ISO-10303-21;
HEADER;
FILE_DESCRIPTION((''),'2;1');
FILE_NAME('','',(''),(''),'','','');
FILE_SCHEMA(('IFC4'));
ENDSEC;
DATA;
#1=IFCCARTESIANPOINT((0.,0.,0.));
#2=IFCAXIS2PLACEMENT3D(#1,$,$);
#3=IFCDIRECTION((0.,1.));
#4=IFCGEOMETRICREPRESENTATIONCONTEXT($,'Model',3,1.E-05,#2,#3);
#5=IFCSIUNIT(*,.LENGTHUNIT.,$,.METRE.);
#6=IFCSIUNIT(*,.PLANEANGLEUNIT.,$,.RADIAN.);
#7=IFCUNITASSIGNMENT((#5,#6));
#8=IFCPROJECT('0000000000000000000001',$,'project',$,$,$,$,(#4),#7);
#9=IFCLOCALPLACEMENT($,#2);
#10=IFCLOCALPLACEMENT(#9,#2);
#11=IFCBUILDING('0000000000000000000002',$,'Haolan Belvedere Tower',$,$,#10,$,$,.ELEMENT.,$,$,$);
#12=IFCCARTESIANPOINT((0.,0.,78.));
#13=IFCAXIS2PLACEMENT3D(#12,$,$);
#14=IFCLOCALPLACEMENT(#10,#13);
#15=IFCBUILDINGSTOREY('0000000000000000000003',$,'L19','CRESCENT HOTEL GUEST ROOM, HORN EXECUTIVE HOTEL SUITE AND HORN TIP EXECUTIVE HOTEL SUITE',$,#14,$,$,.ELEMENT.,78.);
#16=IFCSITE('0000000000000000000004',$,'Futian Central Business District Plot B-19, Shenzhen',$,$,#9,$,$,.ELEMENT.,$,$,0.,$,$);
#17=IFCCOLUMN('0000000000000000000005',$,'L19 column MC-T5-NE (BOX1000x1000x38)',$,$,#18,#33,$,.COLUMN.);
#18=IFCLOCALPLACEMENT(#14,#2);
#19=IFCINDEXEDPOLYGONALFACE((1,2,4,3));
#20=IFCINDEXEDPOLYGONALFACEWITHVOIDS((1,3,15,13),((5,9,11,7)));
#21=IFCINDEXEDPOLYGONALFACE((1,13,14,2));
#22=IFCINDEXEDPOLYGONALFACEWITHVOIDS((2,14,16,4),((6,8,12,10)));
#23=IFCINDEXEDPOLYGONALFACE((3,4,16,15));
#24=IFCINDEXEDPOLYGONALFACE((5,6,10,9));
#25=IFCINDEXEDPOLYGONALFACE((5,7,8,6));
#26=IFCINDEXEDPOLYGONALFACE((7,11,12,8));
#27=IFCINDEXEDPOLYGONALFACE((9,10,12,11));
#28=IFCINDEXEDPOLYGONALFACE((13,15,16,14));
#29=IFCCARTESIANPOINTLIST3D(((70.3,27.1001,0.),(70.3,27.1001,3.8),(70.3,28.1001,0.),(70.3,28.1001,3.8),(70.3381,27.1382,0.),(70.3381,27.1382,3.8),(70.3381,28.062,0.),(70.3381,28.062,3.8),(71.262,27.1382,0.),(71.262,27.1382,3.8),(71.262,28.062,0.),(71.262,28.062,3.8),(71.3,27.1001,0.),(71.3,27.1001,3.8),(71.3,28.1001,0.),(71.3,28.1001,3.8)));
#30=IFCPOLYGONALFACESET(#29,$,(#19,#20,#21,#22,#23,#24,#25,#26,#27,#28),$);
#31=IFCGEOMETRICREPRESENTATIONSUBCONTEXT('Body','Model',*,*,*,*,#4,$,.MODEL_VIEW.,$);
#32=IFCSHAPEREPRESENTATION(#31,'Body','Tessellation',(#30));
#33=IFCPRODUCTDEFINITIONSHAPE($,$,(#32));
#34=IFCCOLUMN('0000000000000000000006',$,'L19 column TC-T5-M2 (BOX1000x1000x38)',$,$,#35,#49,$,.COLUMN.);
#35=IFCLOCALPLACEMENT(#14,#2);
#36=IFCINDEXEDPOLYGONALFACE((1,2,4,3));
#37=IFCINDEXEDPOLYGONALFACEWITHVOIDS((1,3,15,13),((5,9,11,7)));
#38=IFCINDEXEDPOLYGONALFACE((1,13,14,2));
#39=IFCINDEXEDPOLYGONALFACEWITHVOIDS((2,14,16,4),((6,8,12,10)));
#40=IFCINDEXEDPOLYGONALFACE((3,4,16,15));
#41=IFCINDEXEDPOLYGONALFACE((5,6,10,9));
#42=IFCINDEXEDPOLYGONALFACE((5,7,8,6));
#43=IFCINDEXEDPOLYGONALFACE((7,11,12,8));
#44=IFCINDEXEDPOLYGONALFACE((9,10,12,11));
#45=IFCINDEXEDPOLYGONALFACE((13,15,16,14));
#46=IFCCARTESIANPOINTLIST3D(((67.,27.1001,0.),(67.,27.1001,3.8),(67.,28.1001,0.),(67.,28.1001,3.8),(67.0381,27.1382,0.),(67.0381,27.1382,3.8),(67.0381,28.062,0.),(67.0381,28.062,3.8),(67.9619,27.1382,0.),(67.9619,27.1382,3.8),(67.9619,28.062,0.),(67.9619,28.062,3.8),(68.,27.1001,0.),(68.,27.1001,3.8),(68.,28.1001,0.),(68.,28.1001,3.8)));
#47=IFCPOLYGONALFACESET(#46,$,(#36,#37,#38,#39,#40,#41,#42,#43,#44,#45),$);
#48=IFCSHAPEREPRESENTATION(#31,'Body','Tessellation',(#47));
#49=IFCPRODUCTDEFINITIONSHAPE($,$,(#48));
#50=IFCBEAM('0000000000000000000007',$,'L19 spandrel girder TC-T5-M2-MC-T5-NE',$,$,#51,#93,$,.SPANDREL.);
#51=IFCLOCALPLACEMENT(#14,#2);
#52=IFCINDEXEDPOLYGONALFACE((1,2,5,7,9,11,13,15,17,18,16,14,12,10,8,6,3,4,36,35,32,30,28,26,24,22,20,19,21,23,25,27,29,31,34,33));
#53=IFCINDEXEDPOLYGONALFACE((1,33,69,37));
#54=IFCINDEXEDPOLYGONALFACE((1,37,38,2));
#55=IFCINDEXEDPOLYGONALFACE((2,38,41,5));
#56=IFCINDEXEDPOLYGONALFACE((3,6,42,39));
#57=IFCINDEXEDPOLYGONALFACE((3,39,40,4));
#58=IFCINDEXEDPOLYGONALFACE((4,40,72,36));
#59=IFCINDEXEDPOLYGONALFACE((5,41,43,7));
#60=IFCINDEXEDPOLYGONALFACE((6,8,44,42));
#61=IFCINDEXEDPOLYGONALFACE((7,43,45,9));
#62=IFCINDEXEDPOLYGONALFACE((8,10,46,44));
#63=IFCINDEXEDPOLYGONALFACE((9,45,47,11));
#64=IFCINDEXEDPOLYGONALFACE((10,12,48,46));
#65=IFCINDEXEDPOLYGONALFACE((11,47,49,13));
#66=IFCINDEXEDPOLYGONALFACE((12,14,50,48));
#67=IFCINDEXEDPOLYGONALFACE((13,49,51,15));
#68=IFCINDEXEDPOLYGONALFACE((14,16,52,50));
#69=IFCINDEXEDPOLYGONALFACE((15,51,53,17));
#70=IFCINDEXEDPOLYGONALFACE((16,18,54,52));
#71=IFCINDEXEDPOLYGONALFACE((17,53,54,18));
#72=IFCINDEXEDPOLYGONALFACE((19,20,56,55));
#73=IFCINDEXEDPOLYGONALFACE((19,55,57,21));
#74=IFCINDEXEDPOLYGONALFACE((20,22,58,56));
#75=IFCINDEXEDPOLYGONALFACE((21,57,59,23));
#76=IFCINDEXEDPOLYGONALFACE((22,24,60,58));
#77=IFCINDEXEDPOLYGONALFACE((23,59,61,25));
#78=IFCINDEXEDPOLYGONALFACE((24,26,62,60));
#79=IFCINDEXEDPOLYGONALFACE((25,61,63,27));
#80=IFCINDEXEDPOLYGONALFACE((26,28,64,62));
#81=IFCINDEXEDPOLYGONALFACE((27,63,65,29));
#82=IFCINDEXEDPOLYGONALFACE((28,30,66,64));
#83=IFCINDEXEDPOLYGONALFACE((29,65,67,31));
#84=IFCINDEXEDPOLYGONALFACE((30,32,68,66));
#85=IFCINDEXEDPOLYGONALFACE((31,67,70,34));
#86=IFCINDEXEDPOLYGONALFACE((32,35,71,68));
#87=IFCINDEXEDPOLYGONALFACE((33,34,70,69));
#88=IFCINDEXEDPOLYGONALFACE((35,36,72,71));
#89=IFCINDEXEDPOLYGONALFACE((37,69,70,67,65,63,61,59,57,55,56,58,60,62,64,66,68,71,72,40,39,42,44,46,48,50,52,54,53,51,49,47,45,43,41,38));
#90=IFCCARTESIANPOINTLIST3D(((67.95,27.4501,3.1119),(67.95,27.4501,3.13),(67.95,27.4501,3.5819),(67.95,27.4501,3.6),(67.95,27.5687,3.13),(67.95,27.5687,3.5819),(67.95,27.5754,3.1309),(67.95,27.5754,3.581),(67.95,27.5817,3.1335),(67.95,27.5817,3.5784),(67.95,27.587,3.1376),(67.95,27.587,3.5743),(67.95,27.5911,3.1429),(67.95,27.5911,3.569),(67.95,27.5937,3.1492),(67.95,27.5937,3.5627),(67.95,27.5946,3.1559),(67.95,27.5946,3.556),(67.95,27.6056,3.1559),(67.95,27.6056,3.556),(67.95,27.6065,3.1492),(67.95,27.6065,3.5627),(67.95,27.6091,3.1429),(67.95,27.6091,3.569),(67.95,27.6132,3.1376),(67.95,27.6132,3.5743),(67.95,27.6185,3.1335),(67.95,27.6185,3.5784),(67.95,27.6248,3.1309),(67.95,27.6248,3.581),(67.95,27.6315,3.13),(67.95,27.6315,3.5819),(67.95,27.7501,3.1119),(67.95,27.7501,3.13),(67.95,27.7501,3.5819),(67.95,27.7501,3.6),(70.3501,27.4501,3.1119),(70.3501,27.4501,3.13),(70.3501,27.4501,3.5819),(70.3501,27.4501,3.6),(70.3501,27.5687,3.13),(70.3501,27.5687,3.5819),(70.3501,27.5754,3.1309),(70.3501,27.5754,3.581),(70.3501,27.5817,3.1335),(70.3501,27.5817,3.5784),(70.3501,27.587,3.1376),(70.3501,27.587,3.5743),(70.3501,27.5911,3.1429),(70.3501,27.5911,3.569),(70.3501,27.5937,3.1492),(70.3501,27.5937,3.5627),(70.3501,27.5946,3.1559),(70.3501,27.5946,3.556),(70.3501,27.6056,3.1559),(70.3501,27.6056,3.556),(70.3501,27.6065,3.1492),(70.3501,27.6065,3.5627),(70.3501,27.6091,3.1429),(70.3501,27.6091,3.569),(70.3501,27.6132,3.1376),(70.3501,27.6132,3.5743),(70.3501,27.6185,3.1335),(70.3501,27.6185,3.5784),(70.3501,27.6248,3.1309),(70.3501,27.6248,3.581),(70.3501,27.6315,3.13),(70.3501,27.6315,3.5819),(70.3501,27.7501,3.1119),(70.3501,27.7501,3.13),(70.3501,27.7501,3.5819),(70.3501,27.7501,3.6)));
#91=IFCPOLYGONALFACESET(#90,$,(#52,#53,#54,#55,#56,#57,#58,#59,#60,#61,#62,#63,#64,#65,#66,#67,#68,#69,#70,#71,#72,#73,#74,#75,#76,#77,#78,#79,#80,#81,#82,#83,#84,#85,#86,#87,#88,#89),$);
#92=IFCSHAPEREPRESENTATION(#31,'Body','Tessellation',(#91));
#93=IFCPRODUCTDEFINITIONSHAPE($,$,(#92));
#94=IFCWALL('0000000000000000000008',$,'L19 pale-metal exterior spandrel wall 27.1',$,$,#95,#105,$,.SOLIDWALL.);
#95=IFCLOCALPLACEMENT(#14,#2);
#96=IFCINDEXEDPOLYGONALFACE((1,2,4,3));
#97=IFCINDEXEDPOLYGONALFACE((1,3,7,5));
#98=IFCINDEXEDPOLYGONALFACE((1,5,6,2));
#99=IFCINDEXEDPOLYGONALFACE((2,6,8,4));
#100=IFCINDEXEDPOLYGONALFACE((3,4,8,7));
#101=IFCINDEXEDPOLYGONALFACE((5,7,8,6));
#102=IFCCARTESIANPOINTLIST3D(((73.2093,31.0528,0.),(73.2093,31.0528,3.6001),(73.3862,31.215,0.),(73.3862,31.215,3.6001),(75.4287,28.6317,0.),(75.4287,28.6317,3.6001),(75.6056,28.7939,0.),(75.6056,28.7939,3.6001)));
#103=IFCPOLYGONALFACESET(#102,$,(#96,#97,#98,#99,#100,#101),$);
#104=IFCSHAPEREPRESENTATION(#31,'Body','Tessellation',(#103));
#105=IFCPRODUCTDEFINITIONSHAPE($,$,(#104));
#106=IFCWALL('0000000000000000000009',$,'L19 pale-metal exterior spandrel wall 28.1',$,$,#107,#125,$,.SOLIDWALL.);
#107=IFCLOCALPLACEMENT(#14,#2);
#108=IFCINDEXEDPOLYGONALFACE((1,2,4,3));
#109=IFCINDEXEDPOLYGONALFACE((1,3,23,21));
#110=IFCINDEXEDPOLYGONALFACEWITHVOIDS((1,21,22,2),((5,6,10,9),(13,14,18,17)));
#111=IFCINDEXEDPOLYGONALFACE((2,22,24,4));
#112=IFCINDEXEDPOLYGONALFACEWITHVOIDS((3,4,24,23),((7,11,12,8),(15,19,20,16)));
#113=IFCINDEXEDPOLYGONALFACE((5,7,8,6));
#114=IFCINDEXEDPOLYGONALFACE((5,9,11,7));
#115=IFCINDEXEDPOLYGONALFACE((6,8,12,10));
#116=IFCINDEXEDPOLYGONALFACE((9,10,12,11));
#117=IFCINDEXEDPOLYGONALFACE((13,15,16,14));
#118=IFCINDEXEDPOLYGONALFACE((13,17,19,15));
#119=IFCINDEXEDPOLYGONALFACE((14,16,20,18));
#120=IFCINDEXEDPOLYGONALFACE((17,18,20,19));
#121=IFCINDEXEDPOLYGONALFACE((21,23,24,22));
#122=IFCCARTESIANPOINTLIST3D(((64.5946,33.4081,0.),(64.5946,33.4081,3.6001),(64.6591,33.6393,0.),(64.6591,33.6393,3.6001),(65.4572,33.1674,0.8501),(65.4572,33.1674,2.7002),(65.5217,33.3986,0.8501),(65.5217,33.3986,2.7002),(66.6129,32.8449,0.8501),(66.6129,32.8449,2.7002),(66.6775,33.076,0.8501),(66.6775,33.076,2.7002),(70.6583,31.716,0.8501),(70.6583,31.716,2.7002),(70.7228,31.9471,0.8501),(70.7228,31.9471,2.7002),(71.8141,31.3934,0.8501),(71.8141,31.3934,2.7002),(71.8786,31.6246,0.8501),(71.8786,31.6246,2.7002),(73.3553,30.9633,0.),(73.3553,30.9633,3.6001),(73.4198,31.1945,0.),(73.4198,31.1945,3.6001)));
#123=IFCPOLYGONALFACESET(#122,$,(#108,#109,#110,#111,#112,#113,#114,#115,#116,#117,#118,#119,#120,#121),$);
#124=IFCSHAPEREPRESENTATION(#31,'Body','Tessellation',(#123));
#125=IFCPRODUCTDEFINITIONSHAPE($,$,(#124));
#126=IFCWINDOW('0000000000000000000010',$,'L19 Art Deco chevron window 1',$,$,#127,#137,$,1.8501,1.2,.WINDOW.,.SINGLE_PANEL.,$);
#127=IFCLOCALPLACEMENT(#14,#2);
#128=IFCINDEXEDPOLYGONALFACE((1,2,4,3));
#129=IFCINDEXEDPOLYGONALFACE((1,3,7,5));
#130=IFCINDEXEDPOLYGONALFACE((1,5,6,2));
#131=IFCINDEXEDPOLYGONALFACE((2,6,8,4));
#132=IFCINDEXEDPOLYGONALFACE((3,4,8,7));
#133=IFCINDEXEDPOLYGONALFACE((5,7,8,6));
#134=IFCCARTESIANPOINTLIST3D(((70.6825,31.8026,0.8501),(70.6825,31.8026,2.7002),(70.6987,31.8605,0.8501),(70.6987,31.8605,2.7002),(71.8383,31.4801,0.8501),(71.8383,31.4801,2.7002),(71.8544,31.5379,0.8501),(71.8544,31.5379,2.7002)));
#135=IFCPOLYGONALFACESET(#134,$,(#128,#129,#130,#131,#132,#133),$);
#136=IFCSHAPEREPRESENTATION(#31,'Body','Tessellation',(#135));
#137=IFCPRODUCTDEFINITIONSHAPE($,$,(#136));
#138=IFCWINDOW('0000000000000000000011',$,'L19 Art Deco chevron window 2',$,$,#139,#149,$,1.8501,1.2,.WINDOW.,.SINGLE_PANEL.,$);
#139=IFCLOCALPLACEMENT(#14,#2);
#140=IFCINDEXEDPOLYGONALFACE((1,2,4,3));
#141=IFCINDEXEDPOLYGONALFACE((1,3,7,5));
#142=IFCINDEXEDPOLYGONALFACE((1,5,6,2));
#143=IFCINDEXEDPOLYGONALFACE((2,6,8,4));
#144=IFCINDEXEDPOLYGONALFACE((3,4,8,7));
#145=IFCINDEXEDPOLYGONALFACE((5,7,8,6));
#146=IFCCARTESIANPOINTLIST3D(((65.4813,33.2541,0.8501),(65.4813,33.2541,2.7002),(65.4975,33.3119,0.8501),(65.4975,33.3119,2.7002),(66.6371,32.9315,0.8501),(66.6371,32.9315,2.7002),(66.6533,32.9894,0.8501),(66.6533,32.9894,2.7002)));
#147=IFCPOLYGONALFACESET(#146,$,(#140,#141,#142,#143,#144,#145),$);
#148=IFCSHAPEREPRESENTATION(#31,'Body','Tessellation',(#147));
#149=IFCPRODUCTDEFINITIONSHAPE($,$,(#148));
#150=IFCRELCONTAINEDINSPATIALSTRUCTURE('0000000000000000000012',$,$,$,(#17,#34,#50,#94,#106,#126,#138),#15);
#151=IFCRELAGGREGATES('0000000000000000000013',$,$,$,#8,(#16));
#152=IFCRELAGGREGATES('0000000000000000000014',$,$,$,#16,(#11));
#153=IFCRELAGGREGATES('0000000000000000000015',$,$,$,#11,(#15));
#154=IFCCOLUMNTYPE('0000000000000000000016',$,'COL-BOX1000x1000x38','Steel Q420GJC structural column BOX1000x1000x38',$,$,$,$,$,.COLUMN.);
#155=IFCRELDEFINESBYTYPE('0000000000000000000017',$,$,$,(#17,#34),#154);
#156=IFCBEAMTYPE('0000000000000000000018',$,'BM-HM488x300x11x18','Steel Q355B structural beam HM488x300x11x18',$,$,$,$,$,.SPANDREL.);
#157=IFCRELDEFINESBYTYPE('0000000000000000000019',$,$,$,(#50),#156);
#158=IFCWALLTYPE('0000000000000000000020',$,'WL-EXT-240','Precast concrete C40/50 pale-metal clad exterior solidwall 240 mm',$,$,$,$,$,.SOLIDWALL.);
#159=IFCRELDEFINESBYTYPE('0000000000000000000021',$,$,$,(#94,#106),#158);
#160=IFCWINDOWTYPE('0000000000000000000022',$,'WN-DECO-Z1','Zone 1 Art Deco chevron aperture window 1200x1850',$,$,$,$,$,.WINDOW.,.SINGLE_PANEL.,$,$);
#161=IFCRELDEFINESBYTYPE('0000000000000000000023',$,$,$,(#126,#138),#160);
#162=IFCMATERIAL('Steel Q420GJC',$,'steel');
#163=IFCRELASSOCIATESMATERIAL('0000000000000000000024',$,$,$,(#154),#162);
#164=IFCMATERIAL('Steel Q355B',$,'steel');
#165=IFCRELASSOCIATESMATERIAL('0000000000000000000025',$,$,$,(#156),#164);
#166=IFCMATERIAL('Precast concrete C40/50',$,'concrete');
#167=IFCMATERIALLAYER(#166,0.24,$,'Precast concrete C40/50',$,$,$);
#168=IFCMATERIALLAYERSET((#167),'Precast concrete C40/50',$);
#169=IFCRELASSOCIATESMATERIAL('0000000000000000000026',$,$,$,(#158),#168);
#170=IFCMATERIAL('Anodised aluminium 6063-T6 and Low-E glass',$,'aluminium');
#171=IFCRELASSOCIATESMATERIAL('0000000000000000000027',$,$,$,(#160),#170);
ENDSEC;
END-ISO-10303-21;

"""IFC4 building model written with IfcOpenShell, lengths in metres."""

from ifc_helpers import new_model, si_unit, direction, frame, frame_2d, origin, origin_2d, place, context, subcontext, project, spatial, rectangle, hollow_rectangle, i_section, extrude, material, layer, layer_set, material_profile, profile_set, type_object, element, fill, save


model = new_model("IFC4")

# Units and contexts
model_context = context("Model", 3, precision=1e-05, world=origin(), true_north=direction((0.0, 1.0)))
body_context = subcontext(model_context, "Body", "Model", "MODEL_VIEW")
ifc_project = project(units=[si_unit("LENGTHUNIT", "METRE"), si_unit("PLANEANGLEUNIT", "RADIAN")], contexts=[model_context])

# Site, building, storey
site_placement = place(None, origin())
site = spatial("IfcSite", under=ifc_project, at=site_placement, Name="Futian Central Business District Plot B-19, Shenzhen", CompositionType="ELEMENT", RefElevation=0.0)
building_placement = place(site_placement, origin())
building = spatial("IfcBuilding", under=site, at=building_placement, Name="Haolan Belvedere Tower", CompositionType="ELEMENT")
storey_placement = place(building_placement, frame((0.0, 0.0, 78.0)))
storey = spatial("IfcBuildingStorey", under=building, at=storey_placement, Name="L19", Description="CRESCENT HOTEL GUEST ROOM, HORN EXECUTIVE HOTEL SUITE AND HORN TIP EXECUTIVE HOTEL SUITE", CompositionType="ELEMENT", Elevation=78.0)

# Columns
ifc_material_1 = material(Name="Steel Q420GJC", Category="steel")
ifc_material_profile_1 = material_profile(ifc_material_1, hollow_rectangle(XDim=1.0, YDim=1.0, WallThickness=0.0381, at=origin_2d()), Name="Steel Q420GJC")
ifc_profile_set_1 = profile_set([ifc_material_profile_1], Name="Steel Q420GJC")
column_type = type_object("IfcColumnType", Name="COL-BOX1000x1000x38", Description="Steel Q420GJC structural column BOX1000x1000x38", PredefinedType="COLUMN", material=ifc_profile_set_1)
for number, where, z_axis, x_axis, name in (
    (1, (70.8, 27.6001, 0.0), (0.0, 0.0, 1.0), (1.0, 0.0, 0.0), "L19 column MC-T5-NE (BOX1000x1000x38)"),
    (2, (67.5, 27.6001, 0.0), (0.0, 0.0, 1.0), (1.0, 0.0, 0.0), "L19 column TC-T5-M2 (BOX1000x1000x38)"),
):
    element("IfcColumn", number, at=place(storey_placement, frame(where, z_axis=z_axis, x_axis=x_axis)), inside=storey, type_object=column_type, Name=name, PredefinedType="COLUMN", context=body_context, shape_type="SweptSolid", body=[
        extrude(hollow_rectangle(XDim=1.0, YDim=1.0, WallThickness=0.0381, at=origin_2d()), origin(), (0.0, 0.0, 1.0), 3.8),
    ])

# Beam
ifc_material_2 = material(Name="Steel Q355B", Category="steel")
ifc_material_profile_2 = material_profile(ifc_material_2, i_section(OverallWidth=0.3, OverallDepth=0.488, WebThickness=0.011, FlangeThickness=0.0181, FilletRadius=0.0259, at=origin_2d()), Name="Steel Q355B")
ifc_profile_set_2 = profile_set([ifc_material_profile_2], Name="Steel Q355B")
beam_type = type_object("IfcBeamType", Name="BM-HM488x300x11x18", Description="Steel Q355B structural beam HM488x300x11x18", PredefinedType="SPANDREL", material=ifc_profile_set_2)
beam_placement = place(storey_placement, frame((67.95, 27.6001, 3.356), z_axis=(1.0, 0.0, 0.0), x_axis=(0.0, 1.0, 0.0)))
element("IfcBeam", 3, at=beam_placement, inside=storey, type_object=beam_type, Name="L19 spandrel girder TC-T5-M2-MC-T5-NE", PredefinedType="SPANDREL", context=body_context, shape_type="SweptSolid", body=[
    extrude(i_section(OverallWidth=0.3, OverallDepth=0.488, WebThickness=0.011, FlangeThickness=0.0181, FilletRadius=0.0259, at=origin_2d()), origin(), (0.0, 0.0, 1.0), 2.4001),
])

# Wall
ifc_material_3 = material(Name="Precast concrete C40/50", Category="concrete")
ifc_layer_1 = layer(ifc_material_3, 0.24, Name="Precast concrete C40/50")
ifc_layer_set_1 = layer_set([ifc_layer_1], Name="Precast concrete C40/50")
wall_type_1 = type_object("IfcWallType", Name="WL-EXT-240", Description="Precast concrete C40/50 pale-metal clad exterior solidwall 240 mm", PredefinedType="SOLIDWALL", material=ifc_layer_set_1)
wall_1_placement = place(storey_placement, frame((75.5171, 28.7129, 0.0), z_axis=(0.0, 0.0, 1.0), x_axis=(-0.675741, 0.737139, 0.0)))
element("IfcWall", 4, at=wall_1_placement, inside=storey, type_object=wall_type_1, Name="L19 pale-metal exterior spandrel wall 27.1", PredefinedType="SOLIDWALL", context=body_context, shape_type="SweptSolid", body=[
    extrude(rectangle(XDim=3.2844, YDim=0.24, at=frame_2d((1.6421, 0.0))), origin(), (0.0, 0.0, 1.0), 3.6001),
])

# Wall, openings, windows
wall_2_placement = place(storey_placement, frame((73.3877, 31.0789, 0.0), z_axis=(0.0, 0.0, 1.0), x_axis=(-0.963197, 0.268795, 0.0)))
wall_2 = element("IfcWall", 5, at=wall_2_placement, inside=storey, type_object=wall_type_1, Name="L19 pale-metal exterior spandrel wall 28.1", PredefinedType="SOLIDWALL", context=body_context, shape_type="SweptSolid", body=[
    extrude(rectangle(XDim=9.0955, YDim=0.24, at=frame_2d((4.5479, 0.0))), origin(), (0.0, 0.0, 1.0), 3.6001),
])
opening_1_placement = place(wall_2_placement, frame((1.6001, 0.0, 0.8501)))
opening_1 = element("IfcOpeningElement", 6, at=opening_1_placement, cuts=wall_2, PredefinedType="OPENING", context=body_context, shape_type="SweptSolid", body=[
    extrude(rectangle(XDim=1.2, YDim=1.8501, at=frame_2d((0.6001, 0.925))), frame((0.0, 0.1299, 0.0), z_axis=(0.0, -1.0, 0.0), x_axis=(1.0, 0.0, 0.0)), (0.0, 0.0, 1.0), 0.26),
])
opening_2_placement = place(wall_2_placement, frame((7.0, 0.0, 0.8501)))
opening_2 = element("IfcOpeningElement", 7, at=opening_2_placement, cuts=wall_2, PredefinedType="OPENING", context=body_context, shape_type="SweptSolid", body=[
    extrude(rectangle(XDim=1.2, YDim=1.8501, at=frame_2d((0.6001, 0.925))), frame((0.0, 0.1299, 0.0), z_axis=(0.0, -1.0, 0.0), x_axis=(1.0, 0.0, 0.0)), (0.0, 0.0, 1.0), 0.26),
])
ifc_material_4 = material(Name="Anodised aluminium 6063-T6 and Low-E glass", Category="aluminium")
window_type = type_object("IfcWindowType", Name="WN-DECO-Z1", Description="Zone 1 Art Deco chevron aperture window 1200x1850", PartitioningType="SINGLE_PANEL", PredefinedType="WINDOW", material=ifc_material_4)
window_1_placement = place(opening_1_placement, origin())
window_1 = element("IfcWindow", 8, at=window_1_placement, inside=storey, type_object=window_type, Name="L19 Art Deco chevron window 1", OverallHeight=1.8501, OverallWidth=1.2, PartitioningType="SINGLE_PANEL", PredefinedType="WINDOW", context=body_context, shape_type="SweptSolid", body=[
    extrude(rectangle(XDim=1.2, YDim=1.8501, at=frame_2d((0.6001, 0.925))), frame((0.0, 0.03, 0.0), z_axis=(0.0, -1.0, 0.0), x_axis=(1.0, 0.0, 0.0)), (0.0, 0.0, 1.0), 0.0601),
])
fill(opening_1, window_1)
window_2_placement = place(opening_2_placement, origin())
window_2 = element("IfcWindow", 9, at=window_2_placement, inside=storey, type_object=window_type, Name="L19 Art Deco chevron window 2", OverallHeight=1.8501, OverallWidth=1.2, PartitioningType="SINGLE_PANEL", PredefinedType="WINDOW", context=body_context, shape_type="SweptSolid", body=[
    extrude(rectangle(XDim=1.2, YDim=1.8501, at=frame_2d((0.6001, 0.925))), frame((0.0, 0.03, 0.0), z_axis=(0.0, -1.0, 0.0), x_axis=(1.0, 0.0, 0.0)), (0.0, 0.0, 1.0), 0.0601),
])
fill(opening_2, window_2)

save(model, "model.ifc")
